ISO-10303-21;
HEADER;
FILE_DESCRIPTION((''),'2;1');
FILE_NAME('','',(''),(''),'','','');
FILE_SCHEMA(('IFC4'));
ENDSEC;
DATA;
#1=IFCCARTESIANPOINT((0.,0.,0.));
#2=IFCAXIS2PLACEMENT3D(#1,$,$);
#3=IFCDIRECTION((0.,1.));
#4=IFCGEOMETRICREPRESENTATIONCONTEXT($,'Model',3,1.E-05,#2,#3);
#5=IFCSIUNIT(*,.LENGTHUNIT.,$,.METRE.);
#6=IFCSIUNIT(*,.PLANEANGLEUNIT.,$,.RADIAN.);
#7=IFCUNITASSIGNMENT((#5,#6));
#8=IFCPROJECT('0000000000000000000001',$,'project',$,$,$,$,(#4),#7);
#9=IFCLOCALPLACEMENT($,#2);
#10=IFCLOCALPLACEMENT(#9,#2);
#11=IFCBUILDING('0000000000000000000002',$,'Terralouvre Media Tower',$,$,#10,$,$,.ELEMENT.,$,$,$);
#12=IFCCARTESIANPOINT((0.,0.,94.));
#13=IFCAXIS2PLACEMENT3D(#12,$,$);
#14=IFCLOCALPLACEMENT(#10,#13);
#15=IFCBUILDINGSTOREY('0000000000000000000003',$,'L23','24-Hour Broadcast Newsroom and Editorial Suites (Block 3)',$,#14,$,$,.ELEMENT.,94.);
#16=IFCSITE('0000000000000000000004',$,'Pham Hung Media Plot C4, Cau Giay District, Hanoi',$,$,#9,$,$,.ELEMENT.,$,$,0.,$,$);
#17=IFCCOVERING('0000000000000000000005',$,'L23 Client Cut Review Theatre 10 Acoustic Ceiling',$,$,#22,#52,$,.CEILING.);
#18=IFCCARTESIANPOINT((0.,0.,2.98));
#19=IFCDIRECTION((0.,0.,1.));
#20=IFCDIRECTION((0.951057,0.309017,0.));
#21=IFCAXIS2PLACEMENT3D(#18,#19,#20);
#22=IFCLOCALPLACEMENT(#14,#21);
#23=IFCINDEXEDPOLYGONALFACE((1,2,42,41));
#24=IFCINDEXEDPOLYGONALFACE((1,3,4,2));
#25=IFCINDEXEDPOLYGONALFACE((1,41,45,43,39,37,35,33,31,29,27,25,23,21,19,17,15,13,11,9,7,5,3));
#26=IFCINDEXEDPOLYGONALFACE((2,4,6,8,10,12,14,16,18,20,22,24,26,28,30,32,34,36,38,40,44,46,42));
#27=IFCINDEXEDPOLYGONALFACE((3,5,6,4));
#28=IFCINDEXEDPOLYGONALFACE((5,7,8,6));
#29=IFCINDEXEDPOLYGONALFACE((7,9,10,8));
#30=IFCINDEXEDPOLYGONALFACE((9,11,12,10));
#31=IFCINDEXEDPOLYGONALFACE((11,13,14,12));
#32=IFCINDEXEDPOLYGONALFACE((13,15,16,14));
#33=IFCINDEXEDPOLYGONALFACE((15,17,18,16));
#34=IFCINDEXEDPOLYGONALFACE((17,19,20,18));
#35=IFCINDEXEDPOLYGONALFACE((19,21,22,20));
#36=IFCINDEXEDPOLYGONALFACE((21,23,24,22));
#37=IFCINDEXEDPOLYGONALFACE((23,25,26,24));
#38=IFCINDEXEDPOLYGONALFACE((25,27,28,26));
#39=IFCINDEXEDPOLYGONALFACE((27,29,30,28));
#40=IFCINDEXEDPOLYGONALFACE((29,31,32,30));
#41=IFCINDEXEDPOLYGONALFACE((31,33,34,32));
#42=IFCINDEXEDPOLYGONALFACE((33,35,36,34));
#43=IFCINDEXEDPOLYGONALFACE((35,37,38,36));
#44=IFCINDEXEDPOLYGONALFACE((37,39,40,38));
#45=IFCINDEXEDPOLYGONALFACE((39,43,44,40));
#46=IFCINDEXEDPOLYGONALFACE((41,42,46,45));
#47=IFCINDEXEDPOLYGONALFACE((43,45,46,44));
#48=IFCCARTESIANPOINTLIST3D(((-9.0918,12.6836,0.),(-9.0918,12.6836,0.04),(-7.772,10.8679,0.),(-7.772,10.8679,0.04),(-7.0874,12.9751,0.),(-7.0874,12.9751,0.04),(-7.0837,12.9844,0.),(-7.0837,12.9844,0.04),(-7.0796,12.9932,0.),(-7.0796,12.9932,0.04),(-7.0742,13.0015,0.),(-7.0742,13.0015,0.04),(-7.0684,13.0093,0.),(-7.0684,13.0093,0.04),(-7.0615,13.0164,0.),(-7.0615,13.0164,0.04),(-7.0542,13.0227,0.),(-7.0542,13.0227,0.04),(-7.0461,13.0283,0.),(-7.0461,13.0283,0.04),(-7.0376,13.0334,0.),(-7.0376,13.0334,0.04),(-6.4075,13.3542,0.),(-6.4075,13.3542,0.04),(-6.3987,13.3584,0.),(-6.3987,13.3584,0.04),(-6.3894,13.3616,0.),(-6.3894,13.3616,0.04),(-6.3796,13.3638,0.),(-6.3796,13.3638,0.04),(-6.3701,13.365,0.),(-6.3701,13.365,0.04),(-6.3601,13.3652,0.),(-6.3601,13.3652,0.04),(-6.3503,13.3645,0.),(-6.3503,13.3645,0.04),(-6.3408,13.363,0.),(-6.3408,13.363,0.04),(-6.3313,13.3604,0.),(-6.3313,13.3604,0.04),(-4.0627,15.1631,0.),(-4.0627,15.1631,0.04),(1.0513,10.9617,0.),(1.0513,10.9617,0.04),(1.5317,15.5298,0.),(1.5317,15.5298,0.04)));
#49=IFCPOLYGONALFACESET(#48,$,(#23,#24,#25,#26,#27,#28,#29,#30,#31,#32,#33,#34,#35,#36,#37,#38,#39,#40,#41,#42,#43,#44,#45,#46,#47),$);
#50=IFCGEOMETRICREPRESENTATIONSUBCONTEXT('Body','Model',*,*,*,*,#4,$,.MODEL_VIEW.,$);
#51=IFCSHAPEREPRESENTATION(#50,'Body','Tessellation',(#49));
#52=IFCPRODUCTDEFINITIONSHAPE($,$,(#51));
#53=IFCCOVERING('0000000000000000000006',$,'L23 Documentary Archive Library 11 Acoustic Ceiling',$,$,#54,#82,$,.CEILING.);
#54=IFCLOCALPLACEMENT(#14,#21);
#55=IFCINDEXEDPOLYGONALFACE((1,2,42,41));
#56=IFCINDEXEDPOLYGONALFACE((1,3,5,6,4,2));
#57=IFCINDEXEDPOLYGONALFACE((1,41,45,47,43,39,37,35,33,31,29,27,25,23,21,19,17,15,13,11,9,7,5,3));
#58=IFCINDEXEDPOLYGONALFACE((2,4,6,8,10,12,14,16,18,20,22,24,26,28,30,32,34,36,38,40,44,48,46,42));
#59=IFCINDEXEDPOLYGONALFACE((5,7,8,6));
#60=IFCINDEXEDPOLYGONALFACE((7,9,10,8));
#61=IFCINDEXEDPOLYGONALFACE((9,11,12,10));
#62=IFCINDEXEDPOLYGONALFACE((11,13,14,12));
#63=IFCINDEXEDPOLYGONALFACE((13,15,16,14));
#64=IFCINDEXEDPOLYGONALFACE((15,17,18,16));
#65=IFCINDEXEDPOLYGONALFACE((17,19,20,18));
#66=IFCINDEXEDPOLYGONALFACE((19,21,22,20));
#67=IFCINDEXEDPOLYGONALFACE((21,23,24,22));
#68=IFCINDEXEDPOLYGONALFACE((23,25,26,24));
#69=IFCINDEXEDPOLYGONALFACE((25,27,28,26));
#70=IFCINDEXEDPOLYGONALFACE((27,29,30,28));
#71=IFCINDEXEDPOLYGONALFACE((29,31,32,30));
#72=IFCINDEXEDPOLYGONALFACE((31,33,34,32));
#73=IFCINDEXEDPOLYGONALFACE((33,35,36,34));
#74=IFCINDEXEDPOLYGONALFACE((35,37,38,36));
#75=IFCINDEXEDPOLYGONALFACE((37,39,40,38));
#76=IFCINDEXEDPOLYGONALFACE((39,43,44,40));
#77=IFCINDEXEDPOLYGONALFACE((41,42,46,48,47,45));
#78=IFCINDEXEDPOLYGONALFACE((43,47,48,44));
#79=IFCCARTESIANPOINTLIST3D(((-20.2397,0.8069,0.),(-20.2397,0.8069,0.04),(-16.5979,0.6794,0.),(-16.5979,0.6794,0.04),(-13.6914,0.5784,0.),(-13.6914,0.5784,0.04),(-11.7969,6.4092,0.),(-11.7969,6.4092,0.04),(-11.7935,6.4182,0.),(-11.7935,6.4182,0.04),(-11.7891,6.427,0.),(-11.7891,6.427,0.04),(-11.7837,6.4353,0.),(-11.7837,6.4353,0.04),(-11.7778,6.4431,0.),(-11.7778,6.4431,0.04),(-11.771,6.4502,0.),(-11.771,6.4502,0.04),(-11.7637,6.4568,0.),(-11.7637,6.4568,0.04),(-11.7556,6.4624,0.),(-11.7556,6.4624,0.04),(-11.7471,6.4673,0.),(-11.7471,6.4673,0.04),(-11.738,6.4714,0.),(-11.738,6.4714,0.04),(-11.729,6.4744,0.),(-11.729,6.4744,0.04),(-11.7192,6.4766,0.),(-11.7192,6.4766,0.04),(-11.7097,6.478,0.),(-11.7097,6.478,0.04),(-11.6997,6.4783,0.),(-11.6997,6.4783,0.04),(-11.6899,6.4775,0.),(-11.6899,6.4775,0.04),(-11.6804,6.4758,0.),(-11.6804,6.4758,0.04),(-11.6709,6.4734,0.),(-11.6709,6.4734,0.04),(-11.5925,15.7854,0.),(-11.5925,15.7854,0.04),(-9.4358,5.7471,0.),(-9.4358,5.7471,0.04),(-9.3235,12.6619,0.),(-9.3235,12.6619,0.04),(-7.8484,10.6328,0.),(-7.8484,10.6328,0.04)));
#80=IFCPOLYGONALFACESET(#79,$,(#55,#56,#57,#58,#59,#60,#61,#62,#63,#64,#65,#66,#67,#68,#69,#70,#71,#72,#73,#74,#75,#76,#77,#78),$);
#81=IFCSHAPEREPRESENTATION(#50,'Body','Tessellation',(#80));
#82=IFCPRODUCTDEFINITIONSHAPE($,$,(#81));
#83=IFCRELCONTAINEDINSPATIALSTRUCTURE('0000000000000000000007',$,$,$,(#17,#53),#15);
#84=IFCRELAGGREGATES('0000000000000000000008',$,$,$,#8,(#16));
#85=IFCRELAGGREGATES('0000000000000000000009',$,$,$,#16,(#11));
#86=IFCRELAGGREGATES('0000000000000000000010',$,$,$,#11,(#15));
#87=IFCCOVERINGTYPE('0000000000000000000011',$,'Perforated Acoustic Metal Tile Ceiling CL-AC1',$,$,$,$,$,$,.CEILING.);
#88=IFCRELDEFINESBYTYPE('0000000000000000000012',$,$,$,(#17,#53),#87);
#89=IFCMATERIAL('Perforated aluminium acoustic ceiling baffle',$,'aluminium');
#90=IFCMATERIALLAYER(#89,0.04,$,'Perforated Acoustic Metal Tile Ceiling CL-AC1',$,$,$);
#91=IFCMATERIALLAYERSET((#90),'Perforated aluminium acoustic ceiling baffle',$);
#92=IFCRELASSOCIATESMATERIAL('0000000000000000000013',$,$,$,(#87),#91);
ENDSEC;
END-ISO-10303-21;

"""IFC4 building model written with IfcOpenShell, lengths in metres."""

from ifc_helpers import new_model, si_unit, direction, frame, origin, place, context, subcontext, project, spatial, polyline, outline, extrude, material, layer, layer_set, type_object, element, save


model = new_model("IFC4")

# Units and contexts
model_context = context("Model", 3, precision=1e-05, world=origin(), true_north=direction((0.0, 1.0)))
body_context = subcontext(model_context, "Body", "Model", "MODEL_VIEW")
ifc_project = project(units=[si_unit("LENGTHUNIT", "METRE"), si_unit("PLANEANGLEUNIT", "RADIAN")], contexts=[model_context])

# Site, building, storey
site_placement = place(None, origin())
site = spatial("IfcSite", under=ifc_project, at=site_placement, Name="Pham Hung Media Plot C4, Cau Giay District, Hanoi", CompositionType="ELEMENT", RefElevation=0.0)
building_placement = place(site_placement, origin())
building = spatial("IfcBuilding", under=site, at=building_placement, Name="Terralouvre Media Tower", CompositionType="ELEMENT")
storey_placement = place(building_placement, frame((0.0, 0.0, 94.0)))
storey = spatial("IfcBuildingStorey", under=building, at=storey_placement, Name="L23", Description="24-Hour Broadcast Newsroom and Editorial Suites (Block 3)", CompositionType="ELEMENT", Elevation=94.0)

# Coverings
ifc_material_1 = material(Name="Perforated aluminium acoustic ceiling baffle", Category="aluminium")
ifc_layer_1 = layer(ifc_material_1, 0.04, Name="Perforated Acoustic Metal Tile Ceiling CL-AC1")
ifc_layer_set_1 = layer_set([ifc_layer_1], Name="Perforated aluminium acoustic ceiling baffle")
covering_type_1 = type_object("IfcCoveringType", Name="Perforated Acoustic Metal Tile Ceiling CL-AC1", PredefinedType="CEILING", material=ifc_layer_set_1)
covering_1_placement = place(storey_placement, frame((0.0, 0.0, 2.98), z_axis=(0.0, 0.0, 1.0), x_axis=(0.951057, 0.309017, 0.0)))
element("IfcCovering", 1, at=covering_1_placement, inside=storey, type_object=covering_type_1, Name="L23 Client Cut Review Theatre 10 Acoustic Ceiling", PredefinedType="CEILING", context=body_context, shape_type="SweptSolid", body=[
    extrude(outline(polyline([(-4.0627, 15.1631), (-9.0918, 12.6836), (-7.772, 10.8679), (-7.0874, 12.9751), (-7.0837, 12.9844), (-7.0796, 12.9932), (-7.0742, 13.0015), (-7.0684, 13.0093), (-7.0615, 13.0164), (-7.0542, 13.0227), (-7.0461, 13.0283), (-7.0376, 13.0334), (-6.4075, 13.3542), (-6.3987, 13.3584), (-6.3894, 13.3616), (-6.3796, 13.3638), (-6.3701, 13.365), (-6.3601, 13.3652), (-6.3503, 13.3645), (-6.3408, 13.363), (-6.3313, 13.3604), (1.0513, 10.9617), (1.5317, 15.5298), (-4.0627, 15.1631)])), origin(), (0.0, 0.0, 1.0), 0.04),
])
covering_2_placement = place(storey_placement, frame((0.0, 0.0, 2.98), z_axis=(0.0, 0.0, 1.0), x_axis=(0.951057, 0.309017, 0.0)))
element("IfcCovering", 2, at=covering_2_placement, inside=storey, type_object=covering_type_1, Name="L23 Documentary Archive Library 11 Acoustic Ceiling", PredefinedType="CEILING", context=body_context, shape_type="SweptSolid", body=[
    extrude(outline(polyline([(-13.6914, 0.5784), (-11.7969, 6.4092), (-11.7935, 6.4182), (-11.7891, 6.427), (-11.7837, 6.4353), (-11.7778, 6.4431), (-11.771, 6.4502), (-11.7637, 6.4568), (-11.7556, 6.4624), (-11.7471, 6.4673), (-11.738, 6.4714), (-11.729, 6.4744), (-11.7192, 6.4766), (-11.7097, 6.478), (-11.6997, 6.4783), (-11.6899, 6.4775), (-11.6804, 6.4758), (-11.6709, 6.4734), (-9.4358, 5.7471), (-7.8484, 10.6328), (-9.3235, 12.6619), (-11.5925, 15.7854), (-20.2397, 0.8069), (-16.5979, 0.6794), (-13.6914, 0.5784)])), origin(), (0.0, 0.0, 1.0), 0.04),
])

save(model, "model.ifc")
